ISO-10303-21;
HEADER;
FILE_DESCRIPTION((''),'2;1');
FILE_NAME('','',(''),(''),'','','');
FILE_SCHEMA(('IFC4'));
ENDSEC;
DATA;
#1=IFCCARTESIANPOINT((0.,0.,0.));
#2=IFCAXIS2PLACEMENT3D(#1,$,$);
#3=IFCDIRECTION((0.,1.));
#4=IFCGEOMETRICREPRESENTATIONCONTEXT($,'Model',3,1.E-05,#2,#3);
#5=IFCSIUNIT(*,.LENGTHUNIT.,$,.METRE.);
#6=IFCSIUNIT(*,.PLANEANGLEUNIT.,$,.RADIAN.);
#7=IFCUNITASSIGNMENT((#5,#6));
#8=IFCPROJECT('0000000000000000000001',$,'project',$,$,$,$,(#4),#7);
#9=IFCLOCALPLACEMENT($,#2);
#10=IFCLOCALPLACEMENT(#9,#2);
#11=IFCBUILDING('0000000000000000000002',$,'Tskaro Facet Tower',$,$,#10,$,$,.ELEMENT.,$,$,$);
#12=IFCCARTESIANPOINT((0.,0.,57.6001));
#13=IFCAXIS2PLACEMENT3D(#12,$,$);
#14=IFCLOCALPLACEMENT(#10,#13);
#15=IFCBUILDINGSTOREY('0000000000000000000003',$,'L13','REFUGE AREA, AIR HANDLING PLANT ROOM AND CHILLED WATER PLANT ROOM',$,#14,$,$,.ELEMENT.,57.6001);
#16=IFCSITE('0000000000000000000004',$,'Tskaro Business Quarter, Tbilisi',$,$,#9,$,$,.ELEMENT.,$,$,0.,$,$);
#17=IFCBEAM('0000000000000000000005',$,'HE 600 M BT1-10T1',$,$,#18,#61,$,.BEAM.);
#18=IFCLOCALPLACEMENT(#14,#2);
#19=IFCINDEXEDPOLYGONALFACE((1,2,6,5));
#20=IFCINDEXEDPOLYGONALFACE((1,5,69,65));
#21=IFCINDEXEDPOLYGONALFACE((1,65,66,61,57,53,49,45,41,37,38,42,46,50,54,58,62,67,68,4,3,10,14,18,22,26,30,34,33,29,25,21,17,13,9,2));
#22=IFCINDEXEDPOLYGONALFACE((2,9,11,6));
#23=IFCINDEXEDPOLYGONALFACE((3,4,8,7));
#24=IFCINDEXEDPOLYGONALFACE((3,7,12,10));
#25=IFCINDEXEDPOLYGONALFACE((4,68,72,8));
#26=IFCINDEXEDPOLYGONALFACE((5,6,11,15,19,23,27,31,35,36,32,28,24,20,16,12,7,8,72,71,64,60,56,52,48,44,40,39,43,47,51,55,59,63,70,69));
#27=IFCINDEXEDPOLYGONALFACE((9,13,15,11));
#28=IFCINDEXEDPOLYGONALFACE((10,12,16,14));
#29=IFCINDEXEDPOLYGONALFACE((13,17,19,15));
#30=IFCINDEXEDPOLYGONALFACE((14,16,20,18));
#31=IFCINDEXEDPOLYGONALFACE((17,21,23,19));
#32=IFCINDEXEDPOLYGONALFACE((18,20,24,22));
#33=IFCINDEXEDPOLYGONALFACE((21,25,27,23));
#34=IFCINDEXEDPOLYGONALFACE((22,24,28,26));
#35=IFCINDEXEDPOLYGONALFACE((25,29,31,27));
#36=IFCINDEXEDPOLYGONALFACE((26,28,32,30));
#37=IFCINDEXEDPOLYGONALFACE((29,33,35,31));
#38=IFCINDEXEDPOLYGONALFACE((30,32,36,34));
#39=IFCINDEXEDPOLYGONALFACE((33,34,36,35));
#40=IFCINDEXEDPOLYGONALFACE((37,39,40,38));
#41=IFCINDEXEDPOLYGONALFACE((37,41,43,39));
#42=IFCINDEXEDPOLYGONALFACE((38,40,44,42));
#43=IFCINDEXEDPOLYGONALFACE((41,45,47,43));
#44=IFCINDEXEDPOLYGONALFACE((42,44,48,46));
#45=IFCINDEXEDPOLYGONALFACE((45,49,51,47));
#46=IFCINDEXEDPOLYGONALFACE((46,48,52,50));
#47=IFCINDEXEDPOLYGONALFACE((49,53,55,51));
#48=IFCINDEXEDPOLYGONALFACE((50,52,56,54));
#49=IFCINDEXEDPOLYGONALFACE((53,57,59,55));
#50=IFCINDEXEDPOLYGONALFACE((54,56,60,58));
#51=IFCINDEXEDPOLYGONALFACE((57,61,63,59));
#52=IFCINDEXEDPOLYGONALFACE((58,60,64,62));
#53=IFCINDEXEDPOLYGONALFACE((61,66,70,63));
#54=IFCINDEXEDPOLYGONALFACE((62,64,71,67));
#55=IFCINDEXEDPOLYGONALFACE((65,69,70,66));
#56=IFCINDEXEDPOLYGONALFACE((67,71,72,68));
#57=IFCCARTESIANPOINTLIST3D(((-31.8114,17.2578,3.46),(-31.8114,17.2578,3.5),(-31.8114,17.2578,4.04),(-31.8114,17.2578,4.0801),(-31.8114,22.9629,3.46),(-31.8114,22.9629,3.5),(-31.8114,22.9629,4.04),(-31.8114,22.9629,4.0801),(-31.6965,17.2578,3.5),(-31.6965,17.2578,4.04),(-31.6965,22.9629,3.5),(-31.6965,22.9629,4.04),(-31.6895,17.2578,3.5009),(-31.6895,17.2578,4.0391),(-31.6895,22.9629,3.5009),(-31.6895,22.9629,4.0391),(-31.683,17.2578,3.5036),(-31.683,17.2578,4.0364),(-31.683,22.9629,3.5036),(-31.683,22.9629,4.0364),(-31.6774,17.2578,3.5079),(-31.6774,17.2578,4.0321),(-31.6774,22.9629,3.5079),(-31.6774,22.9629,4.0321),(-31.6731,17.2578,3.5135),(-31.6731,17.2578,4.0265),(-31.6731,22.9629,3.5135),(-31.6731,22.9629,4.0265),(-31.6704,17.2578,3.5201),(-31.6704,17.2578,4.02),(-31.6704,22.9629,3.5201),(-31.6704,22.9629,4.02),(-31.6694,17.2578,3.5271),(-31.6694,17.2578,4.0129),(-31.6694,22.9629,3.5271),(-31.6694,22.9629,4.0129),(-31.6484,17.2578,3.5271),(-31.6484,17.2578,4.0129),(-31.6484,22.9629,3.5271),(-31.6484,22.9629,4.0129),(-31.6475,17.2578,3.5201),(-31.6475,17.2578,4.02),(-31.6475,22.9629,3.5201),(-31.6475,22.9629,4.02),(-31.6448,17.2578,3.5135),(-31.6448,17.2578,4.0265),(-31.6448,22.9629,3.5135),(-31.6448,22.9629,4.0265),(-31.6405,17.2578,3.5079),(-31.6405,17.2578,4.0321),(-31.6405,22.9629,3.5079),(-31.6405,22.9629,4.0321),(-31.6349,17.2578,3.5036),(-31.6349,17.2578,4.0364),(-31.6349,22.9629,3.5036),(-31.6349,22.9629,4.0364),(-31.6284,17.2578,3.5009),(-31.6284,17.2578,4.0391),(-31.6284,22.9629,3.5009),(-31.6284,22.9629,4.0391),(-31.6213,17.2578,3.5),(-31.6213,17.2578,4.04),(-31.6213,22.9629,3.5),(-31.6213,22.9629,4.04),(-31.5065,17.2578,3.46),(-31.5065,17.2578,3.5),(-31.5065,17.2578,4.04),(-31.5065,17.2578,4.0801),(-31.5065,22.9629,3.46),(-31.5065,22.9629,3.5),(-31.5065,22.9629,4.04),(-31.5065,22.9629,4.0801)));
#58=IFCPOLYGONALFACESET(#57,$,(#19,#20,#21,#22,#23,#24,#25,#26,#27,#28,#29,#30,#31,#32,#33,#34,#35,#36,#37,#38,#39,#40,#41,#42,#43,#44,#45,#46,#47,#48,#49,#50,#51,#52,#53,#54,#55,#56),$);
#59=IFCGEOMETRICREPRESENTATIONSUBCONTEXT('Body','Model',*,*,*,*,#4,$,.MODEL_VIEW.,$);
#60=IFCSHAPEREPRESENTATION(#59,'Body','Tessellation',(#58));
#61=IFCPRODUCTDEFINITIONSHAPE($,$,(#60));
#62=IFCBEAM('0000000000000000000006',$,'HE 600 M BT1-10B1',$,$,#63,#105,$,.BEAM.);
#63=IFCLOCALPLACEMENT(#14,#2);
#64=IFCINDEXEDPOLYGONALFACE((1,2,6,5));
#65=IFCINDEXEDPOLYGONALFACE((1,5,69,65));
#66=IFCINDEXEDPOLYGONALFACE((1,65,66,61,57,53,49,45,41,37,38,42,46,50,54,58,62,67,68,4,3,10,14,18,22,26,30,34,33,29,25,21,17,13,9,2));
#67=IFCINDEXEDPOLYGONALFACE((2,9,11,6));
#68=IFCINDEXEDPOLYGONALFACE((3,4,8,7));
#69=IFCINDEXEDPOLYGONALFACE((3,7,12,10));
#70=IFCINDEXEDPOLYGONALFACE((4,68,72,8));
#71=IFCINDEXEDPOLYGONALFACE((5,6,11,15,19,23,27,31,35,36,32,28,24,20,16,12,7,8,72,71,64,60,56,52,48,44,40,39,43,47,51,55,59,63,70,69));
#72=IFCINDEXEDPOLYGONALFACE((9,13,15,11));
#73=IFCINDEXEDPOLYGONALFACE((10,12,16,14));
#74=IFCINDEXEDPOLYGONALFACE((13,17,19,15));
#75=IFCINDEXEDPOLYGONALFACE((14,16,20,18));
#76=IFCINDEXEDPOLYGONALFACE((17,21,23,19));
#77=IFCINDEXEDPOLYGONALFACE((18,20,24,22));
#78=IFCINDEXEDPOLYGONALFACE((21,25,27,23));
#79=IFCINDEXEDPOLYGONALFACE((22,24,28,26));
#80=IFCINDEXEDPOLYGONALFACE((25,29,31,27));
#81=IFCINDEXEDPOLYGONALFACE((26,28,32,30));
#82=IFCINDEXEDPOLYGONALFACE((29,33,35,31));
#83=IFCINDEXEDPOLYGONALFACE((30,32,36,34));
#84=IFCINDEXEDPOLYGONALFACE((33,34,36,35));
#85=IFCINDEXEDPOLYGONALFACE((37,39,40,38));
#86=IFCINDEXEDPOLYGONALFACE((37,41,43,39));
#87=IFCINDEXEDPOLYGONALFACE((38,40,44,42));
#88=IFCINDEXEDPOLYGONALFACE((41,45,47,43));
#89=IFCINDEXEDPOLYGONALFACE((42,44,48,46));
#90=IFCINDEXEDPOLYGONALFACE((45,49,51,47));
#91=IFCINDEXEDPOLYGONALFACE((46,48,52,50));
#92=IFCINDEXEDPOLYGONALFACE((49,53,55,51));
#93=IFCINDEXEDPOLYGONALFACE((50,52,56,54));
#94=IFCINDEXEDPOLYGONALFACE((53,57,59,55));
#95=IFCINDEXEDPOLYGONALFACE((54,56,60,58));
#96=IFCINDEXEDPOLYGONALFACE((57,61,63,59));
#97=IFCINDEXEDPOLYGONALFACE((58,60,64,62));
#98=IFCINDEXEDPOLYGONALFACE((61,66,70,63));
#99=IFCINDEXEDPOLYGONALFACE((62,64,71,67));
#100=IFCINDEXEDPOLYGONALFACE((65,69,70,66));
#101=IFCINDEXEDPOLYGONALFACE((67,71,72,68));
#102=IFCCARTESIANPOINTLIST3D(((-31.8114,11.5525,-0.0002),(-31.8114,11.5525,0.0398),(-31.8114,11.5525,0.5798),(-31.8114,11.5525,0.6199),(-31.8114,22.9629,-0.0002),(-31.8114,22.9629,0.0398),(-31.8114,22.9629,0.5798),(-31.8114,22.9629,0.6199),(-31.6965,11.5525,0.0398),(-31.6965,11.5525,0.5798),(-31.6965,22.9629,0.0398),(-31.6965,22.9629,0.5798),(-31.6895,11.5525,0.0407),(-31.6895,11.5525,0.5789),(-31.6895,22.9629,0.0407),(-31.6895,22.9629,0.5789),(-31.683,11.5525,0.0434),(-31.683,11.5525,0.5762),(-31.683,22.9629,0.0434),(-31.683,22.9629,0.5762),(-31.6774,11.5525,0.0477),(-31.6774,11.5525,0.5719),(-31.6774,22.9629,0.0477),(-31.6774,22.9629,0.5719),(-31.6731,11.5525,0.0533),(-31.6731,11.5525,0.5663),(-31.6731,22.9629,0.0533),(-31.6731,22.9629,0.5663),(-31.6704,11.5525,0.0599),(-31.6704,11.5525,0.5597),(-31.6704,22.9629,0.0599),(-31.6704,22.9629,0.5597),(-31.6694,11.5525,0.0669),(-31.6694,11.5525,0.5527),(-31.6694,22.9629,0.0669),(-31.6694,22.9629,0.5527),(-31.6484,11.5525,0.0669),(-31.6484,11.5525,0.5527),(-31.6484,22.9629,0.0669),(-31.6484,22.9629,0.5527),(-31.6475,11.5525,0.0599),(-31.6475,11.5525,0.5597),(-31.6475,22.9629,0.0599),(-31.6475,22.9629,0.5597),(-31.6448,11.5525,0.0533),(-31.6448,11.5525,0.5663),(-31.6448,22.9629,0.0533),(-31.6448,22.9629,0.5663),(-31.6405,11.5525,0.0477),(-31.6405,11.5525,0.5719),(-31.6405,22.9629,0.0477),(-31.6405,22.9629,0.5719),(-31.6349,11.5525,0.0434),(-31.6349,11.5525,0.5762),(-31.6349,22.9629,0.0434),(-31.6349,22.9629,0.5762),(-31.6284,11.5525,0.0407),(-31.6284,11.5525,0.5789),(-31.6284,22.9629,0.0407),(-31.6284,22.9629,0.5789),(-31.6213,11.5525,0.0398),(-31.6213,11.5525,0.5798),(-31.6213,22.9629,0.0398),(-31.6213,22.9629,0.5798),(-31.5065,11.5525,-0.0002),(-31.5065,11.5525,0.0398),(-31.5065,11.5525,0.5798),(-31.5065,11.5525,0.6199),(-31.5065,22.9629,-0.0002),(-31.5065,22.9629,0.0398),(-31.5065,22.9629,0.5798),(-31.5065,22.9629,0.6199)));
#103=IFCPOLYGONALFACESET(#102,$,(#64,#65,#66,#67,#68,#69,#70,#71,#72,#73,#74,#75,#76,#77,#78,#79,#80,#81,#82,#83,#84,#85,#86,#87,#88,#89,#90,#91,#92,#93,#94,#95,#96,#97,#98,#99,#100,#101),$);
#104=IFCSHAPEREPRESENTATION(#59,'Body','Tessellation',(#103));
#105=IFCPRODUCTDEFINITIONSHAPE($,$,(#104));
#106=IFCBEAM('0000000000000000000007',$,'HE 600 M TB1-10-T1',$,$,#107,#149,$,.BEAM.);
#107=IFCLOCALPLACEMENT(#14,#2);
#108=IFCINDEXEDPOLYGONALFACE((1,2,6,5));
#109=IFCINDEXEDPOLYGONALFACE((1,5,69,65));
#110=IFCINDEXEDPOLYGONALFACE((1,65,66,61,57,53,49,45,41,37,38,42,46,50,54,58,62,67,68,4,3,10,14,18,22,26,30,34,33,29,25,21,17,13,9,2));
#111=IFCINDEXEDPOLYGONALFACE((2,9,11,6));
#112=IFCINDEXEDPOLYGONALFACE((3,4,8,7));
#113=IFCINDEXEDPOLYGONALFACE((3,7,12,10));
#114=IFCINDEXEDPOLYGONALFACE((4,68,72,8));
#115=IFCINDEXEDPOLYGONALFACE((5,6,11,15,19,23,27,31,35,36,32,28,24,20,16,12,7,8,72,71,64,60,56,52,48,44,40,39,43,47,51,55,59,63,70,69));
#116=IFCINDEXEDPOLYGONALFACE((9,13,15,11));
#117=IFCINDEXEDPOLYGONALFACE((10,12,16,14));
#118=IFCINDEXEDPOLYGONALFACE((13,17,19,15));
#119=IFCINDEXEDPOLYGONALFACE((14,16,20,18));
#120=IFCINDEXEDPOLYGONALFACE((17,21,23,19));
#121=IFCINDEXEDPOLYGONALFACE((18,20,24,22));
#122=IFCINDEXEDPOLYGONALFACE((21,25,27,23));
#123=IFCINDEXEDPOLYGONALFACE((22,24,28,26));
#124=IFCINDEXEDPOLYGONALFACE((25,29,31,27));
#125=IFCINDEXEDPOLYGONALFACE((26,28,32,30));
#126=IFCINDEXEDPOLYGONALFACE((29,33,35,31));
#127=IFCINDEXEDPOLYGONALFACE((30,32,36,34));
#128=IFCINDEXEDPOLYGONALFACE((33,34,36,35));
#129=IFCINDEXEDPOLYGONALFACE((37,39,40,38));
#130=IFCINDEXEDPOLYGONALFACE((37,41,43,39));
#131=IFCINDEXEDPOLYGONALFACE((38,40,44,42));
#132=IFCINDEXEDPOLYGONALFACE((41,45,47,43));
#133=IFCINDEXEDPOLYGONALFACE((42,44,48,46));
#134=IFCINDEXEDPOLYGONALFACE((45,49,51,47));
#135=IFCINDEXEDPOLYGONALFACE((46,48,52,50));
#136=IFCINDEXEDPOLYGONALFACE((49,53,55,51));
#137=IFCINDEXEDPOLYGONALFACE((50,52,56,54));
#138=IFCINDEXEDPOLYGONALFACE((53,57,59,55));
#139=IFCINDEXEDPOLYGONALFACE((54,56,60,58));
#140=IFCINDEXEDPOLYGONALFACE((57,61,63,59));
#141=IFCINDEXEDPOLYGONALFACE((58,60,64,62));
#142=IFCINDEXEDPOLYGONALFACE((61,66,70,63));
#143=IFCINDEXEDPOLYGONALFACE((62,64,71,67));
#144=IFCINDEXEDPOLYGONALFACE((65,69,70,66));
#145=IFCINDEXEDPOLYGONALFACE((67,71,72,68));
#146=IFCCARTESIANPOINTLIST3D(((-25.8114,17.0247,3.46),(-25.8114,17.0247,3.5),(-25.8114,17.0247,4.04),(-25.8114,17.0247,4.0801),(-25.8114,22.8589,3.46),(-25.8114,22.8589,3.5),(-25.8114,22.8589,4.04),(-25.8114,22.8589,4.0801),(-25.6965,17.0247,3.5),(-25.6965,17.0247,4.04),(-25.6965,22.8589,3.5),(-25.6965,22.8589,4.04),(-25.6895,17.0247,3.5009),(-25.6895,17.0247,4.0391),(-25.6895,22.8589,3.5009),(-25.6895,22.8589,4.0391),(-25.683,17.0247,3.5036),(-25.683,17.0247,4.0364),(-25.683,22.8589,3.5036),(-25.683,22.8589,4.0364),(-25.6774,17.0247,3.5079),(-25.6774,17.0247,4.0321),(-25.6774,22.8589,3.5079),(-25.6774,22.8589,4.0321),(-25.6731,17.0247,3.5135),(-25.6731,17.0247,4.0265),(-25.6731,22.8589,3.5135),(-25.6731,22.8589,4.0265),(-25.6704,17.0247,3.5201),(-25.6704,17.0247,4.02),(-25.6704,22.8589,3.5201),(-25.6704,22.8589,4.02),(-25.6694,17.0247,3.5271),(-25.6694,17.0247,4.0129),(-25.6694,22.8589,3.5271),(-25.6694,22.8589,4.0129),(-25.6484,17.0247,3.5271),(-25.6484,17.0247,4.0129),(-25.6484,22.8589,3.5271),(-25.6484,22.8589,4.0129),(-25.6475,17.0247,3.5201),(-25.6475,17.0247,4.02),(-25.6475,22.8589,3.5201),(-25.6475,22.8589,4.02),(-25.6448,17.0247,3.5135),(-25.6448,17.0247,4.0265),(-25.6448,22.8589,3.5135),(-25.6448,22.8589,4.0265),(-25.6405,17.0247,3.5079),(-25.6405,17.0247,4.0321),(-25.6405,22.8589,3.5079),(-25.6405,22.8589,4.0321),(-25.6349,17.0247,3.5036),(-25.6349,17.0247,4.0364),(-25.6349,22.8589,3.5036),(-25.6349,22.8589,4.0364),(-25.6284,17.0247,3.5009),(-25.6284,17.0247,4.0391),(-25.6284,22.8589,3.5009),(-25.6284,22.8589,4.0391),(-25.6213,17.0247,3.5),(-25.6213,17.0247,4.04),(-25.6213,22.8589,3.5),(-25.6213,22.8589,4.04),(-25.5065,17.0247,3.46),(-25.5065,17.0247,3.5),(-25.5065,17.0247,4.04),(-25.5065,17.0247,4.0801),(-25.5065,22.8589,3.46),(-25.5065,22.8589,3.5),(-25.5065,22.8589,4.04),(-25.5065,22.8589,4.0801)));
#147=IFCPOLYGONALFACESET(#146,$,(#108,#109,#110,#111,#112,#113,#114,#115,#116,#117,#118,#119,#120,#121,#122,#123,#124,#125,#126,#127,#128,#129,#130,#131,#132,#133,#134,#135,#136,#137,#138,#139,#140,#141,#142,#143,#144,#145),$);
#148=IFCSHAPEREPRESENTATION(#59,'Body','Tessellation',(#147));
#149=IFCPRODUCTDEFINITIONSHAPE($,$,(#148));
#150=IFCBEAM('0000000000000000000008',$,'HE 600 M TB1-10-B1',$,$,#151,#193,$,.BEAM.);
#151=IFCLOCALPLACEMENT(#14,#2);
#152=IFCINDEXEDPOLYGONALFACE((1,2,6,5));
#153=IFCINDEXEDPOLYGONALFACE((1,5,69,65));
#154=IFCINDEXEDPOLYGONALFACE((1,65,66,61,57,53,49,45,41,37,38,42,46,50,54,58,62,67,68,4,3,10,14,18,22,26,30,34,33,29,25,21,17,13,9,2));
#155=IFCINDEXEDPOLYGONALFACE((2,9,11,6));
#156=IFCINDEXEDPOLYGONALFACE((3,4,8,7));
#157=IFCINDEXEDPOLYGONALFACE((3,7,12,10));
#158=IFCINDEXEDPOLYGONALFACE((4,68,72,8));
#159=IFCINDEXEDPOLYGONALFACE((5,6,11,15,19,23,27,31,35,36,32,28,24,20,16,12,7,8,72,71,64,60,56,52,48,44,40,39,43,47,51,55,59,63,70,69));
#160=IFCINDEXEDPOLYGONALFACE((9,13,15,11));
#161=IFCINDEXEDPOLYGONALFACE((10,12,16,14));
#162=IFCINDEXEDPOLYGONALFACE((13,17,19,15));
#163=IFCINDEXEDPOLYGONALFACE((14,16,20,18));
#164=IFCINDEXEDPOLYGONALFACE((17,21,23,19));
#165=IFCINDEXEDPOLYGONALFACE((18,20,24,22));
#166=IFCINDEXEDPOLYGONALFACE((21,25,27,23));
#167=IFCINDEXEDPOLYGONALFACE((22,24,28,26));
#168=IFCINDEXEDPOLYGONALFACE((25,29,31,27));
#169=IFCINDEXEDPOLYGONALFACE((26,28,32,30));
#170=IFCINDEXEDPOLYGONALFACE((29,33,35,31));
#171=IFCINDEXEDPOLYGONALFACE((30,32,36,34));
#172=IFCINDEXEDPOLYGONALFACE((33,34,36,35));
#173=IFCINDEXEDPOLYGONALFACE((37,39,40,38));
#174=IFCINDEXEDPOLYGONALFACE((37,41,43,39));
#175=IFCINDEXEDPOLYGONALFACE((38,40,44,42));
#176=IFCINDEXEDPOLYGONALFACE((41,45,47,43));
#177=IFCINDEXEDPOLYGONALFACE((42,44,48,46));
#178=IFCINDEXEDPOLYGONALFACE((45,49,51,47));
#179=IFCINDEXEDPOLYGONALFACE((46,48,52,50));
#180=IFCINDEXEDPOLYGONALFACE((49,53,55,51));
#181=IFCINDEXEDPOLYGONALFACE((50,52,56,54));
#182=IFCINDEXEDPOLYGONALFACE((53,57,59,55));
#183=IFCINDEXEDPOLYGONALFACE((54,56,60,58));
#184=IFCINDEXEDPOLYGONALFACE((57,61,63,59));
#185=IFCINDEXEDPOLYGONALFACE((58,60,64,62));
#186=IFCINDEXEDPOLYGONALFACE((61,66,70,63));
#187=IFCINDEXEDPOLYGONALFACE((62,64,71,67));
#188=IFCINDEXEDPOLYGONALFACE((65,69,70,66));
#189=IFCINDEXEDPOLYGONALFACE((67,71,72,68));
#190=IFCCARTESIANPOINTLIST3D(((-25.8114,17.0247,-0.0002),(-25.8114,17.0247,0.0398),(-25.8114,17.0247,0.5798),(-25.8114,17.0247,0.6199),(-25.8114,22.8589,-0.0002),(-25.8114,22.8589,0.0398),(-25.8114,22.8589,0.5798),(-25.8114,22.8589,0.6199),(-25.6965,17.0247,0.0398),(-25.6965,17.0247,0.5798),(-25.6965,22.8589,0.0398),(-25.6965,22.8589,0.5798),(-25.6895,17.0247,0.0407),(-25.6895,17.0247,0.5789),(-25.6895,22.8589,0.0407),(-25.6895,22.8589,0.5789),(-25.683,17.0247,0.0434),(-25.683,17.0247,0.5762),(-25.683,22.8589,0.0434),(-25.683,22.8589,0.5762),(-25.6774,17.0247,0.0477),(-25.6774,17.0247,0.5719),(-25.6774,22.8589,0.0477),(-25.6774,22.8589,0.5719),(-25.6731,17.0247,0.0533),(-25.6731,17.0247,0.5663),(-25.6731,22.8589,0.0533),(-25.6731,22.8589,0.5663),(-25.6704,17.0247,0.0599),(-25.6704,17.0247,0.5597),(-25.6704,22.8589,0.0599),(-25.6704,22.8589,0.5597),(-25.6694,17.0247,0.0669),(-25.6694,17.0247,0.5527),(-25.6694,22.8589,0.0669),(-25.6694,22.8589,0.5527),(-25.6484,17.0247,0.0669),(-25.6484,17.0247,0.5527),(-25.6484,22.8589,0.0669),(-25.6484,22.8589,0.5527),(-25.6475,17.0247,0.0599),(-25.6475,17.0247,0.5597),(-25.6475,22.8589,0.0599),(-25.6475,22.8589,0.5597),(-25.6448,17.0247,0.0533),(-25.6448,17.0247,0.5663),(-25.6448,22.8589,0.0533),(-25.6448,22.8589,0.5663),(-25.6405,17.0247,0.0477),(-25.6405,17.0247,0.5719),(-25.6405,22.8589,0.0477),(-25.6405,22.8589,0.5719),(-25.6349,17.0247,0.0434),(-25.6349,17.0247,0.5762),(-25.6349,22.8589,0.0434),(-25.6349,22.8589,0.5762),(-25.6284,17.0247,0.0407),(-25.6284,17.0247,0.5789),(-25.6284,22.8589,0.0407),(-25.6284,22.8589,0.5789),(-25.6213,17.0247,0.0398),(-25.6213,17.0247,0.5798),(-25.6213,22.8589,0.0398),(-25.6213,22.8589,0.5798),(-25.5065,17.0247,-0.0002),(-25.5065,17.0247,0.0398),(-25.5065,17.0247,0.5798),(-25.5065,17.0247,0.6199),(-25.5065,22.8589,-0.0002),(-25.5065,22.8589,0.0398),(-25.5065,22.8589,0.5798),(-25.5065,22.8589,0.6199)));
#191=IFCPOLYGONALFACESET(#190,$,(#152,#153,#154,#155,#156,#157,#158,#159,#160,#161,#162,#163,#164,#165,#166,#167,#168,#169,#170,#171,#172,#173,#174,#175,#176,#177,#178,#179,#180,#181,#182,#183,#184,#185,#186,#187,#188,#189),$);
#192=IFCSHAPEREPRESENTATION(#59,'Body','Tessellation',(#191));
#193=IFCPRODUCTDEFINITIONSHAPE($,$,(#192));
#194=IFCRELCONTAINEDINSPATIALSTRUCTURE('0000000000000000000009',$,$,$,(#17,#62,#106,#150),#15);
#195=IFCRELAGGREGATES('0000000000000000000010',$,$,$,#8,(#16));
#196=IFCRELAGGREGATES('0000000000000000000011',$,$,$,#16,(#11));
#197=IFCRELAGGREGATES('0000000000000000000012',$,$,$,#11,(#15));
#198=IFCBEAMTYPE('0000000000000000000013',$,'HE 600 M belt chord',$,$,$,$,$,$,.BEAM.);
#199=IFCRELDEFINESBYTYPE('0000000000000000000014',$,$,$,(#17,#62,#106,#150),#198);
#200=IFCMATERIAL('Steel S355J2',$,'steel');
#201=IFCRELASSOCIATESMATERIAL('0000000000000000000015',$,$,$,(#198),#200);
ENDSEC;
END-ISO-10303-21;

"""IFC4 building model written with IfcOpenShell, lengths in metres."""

from ifc_helpers import new_model, si_unit, direction, frame, origin, origin_2d, place, context, subcontext, project, spatial, i_section, extrude, material, material_profile, profile_set, type_object, element, save


model = new_model("IFC4")

# Units and contexts
model_context = context("Model", 3, precision=1e-05, world=origin(), true_north=direction((0.0, 1.0)))
body_context = subcontext(model_context, "Body", "Model", "MODEL_VIEW")
ifc_project = project(units=[si_unit("LENGTHUNIT", "METRE"), si_unit("PLANEANGLEUNIT", "RADIAN")], contexts=[model_context])

# Site, building, storey
site_placement = place(None, origin())
site = spatial("IfcSite", under=ifc_project, at=site_placement, Name="Tskaro Business Quarter, Tbilisi", CompositionType="ELEMENT", RefElevation=0.0)
building_placement = place(site_placement, origin())
building = spatial("IfcBuilding", under=site, at=building_placement, Name="Tskaro Facet Tower", CompositionType="ELEMENT")
storey_placement = place(building_placement, frame((0.0, 0.0, 57.6001)))
storey = spatial("IfcBuildingStorey", under=building, at=storey_placement, Name="L13", Description="REFUGE AREA, AIR HANDLING PLANT ROOM AND CHILLED WATER PLANT ROOM", CompositionType="ELEMENT", Elevation=57.6001)

# Shared definitions
ifc_material_1 = material(Name="Steel S355J2", Category="steel")

# Beams
ifc_material_profile_1 = material_profile(ifc_material_1, i_section(OverallWidth=0.3049, OverallDepth=0.6201, WebThickness=0.021, FlangeThickness=0.04, FilletRadius=0.0271, at=origin_2d()), Name="HE 600 M")
ifc_profile_set_1 = profile_set([ifc_material_profile_1], Name="Steel S355J2")
beam_type_1 = type_object("IfcBeamType", Name="HE 600 M belt chord", PredefinedType="BEAM", material=ifc_profile_set_1)
beam_1_placement = place(storey_placement, frame((-31.6589, 22.9629, 3.77), z_axis=(0.0, -1.0, 0.0), x_axis=(1.0, 0.0, 0.0)))
element("IfcBeam", 1, at=beam_1_placement, inside=storey, type_object=beam_type_1, Name="HE 600 M BT1-10T1", PredefinedType="BEAM", context=body_context, shape_type="SweptSolid", body=[
    extrude(i_section(OverallWidth=0.3049, OverallDepth=0.6201, WebThickness=0.021, FlangeThickness=0.04, FilletRadius=0.0271, at=origin_2d()), origin(), (0.0, 0.0, 1.0), 5.7051),
])
beam_2_placement = place(storey_placement, frame((-31.6589, 22.9629, 0.3098), z_axis=(0.0, -1.0, 0.0), x_axis=(1.0, 0.0, 0.0)))
element("IfcBeam", 2, at=beam_2_placement, inside=storey, type_object=beam_type_1, Name="HE 600 M BT1-10B1", PredefinedType="BEAM", context=body_context, shape_type="SweptSolid", body=[
    extrude(i_section(OverallWidth=0.3049, OverallDepth=0.6201, WebThickness=0.021, FlangeThickness=0.04, FilletRadius=0.0271, at=origin_2d()), origin(), (0.0, 0.0, 1.0), 11.4104),
])
for number, where, z_axis, x_axis, name in (
    (3, (-25.6589, 22.8589, 3.77), (0.0, -1.0, 0.0), (1.0, 0.0, 0.0), "HE 600 M TB1-10-T1"),
    (4, (-25.6589, 22.8589, 0.3098), (0.0, -1.0, 0.0), (1.0, 0.0, 0.0), "HE 600 M TB1-10-B1"),
):
    element("IfcBeam", number, at=place(storey_placement, frame(where, z_axis=z_axis, x_axis=x_axis)), inside=storey, type_object=beam_type_1, Name=name, PredefinedType="BEAM", context=body_context, shape_type="SweptSolid", body=[
        extrude(i_section(OverallWidth=0.3049, OverallDepth=0.6201, WebThickness=0.021, FlangeThickness=0.04, FilletRadius=0.0271, at=origin_2d()), origin(), (0.0, 0.0, 1.0), 5.8342),
    ])

save(model, "model.ifc")
